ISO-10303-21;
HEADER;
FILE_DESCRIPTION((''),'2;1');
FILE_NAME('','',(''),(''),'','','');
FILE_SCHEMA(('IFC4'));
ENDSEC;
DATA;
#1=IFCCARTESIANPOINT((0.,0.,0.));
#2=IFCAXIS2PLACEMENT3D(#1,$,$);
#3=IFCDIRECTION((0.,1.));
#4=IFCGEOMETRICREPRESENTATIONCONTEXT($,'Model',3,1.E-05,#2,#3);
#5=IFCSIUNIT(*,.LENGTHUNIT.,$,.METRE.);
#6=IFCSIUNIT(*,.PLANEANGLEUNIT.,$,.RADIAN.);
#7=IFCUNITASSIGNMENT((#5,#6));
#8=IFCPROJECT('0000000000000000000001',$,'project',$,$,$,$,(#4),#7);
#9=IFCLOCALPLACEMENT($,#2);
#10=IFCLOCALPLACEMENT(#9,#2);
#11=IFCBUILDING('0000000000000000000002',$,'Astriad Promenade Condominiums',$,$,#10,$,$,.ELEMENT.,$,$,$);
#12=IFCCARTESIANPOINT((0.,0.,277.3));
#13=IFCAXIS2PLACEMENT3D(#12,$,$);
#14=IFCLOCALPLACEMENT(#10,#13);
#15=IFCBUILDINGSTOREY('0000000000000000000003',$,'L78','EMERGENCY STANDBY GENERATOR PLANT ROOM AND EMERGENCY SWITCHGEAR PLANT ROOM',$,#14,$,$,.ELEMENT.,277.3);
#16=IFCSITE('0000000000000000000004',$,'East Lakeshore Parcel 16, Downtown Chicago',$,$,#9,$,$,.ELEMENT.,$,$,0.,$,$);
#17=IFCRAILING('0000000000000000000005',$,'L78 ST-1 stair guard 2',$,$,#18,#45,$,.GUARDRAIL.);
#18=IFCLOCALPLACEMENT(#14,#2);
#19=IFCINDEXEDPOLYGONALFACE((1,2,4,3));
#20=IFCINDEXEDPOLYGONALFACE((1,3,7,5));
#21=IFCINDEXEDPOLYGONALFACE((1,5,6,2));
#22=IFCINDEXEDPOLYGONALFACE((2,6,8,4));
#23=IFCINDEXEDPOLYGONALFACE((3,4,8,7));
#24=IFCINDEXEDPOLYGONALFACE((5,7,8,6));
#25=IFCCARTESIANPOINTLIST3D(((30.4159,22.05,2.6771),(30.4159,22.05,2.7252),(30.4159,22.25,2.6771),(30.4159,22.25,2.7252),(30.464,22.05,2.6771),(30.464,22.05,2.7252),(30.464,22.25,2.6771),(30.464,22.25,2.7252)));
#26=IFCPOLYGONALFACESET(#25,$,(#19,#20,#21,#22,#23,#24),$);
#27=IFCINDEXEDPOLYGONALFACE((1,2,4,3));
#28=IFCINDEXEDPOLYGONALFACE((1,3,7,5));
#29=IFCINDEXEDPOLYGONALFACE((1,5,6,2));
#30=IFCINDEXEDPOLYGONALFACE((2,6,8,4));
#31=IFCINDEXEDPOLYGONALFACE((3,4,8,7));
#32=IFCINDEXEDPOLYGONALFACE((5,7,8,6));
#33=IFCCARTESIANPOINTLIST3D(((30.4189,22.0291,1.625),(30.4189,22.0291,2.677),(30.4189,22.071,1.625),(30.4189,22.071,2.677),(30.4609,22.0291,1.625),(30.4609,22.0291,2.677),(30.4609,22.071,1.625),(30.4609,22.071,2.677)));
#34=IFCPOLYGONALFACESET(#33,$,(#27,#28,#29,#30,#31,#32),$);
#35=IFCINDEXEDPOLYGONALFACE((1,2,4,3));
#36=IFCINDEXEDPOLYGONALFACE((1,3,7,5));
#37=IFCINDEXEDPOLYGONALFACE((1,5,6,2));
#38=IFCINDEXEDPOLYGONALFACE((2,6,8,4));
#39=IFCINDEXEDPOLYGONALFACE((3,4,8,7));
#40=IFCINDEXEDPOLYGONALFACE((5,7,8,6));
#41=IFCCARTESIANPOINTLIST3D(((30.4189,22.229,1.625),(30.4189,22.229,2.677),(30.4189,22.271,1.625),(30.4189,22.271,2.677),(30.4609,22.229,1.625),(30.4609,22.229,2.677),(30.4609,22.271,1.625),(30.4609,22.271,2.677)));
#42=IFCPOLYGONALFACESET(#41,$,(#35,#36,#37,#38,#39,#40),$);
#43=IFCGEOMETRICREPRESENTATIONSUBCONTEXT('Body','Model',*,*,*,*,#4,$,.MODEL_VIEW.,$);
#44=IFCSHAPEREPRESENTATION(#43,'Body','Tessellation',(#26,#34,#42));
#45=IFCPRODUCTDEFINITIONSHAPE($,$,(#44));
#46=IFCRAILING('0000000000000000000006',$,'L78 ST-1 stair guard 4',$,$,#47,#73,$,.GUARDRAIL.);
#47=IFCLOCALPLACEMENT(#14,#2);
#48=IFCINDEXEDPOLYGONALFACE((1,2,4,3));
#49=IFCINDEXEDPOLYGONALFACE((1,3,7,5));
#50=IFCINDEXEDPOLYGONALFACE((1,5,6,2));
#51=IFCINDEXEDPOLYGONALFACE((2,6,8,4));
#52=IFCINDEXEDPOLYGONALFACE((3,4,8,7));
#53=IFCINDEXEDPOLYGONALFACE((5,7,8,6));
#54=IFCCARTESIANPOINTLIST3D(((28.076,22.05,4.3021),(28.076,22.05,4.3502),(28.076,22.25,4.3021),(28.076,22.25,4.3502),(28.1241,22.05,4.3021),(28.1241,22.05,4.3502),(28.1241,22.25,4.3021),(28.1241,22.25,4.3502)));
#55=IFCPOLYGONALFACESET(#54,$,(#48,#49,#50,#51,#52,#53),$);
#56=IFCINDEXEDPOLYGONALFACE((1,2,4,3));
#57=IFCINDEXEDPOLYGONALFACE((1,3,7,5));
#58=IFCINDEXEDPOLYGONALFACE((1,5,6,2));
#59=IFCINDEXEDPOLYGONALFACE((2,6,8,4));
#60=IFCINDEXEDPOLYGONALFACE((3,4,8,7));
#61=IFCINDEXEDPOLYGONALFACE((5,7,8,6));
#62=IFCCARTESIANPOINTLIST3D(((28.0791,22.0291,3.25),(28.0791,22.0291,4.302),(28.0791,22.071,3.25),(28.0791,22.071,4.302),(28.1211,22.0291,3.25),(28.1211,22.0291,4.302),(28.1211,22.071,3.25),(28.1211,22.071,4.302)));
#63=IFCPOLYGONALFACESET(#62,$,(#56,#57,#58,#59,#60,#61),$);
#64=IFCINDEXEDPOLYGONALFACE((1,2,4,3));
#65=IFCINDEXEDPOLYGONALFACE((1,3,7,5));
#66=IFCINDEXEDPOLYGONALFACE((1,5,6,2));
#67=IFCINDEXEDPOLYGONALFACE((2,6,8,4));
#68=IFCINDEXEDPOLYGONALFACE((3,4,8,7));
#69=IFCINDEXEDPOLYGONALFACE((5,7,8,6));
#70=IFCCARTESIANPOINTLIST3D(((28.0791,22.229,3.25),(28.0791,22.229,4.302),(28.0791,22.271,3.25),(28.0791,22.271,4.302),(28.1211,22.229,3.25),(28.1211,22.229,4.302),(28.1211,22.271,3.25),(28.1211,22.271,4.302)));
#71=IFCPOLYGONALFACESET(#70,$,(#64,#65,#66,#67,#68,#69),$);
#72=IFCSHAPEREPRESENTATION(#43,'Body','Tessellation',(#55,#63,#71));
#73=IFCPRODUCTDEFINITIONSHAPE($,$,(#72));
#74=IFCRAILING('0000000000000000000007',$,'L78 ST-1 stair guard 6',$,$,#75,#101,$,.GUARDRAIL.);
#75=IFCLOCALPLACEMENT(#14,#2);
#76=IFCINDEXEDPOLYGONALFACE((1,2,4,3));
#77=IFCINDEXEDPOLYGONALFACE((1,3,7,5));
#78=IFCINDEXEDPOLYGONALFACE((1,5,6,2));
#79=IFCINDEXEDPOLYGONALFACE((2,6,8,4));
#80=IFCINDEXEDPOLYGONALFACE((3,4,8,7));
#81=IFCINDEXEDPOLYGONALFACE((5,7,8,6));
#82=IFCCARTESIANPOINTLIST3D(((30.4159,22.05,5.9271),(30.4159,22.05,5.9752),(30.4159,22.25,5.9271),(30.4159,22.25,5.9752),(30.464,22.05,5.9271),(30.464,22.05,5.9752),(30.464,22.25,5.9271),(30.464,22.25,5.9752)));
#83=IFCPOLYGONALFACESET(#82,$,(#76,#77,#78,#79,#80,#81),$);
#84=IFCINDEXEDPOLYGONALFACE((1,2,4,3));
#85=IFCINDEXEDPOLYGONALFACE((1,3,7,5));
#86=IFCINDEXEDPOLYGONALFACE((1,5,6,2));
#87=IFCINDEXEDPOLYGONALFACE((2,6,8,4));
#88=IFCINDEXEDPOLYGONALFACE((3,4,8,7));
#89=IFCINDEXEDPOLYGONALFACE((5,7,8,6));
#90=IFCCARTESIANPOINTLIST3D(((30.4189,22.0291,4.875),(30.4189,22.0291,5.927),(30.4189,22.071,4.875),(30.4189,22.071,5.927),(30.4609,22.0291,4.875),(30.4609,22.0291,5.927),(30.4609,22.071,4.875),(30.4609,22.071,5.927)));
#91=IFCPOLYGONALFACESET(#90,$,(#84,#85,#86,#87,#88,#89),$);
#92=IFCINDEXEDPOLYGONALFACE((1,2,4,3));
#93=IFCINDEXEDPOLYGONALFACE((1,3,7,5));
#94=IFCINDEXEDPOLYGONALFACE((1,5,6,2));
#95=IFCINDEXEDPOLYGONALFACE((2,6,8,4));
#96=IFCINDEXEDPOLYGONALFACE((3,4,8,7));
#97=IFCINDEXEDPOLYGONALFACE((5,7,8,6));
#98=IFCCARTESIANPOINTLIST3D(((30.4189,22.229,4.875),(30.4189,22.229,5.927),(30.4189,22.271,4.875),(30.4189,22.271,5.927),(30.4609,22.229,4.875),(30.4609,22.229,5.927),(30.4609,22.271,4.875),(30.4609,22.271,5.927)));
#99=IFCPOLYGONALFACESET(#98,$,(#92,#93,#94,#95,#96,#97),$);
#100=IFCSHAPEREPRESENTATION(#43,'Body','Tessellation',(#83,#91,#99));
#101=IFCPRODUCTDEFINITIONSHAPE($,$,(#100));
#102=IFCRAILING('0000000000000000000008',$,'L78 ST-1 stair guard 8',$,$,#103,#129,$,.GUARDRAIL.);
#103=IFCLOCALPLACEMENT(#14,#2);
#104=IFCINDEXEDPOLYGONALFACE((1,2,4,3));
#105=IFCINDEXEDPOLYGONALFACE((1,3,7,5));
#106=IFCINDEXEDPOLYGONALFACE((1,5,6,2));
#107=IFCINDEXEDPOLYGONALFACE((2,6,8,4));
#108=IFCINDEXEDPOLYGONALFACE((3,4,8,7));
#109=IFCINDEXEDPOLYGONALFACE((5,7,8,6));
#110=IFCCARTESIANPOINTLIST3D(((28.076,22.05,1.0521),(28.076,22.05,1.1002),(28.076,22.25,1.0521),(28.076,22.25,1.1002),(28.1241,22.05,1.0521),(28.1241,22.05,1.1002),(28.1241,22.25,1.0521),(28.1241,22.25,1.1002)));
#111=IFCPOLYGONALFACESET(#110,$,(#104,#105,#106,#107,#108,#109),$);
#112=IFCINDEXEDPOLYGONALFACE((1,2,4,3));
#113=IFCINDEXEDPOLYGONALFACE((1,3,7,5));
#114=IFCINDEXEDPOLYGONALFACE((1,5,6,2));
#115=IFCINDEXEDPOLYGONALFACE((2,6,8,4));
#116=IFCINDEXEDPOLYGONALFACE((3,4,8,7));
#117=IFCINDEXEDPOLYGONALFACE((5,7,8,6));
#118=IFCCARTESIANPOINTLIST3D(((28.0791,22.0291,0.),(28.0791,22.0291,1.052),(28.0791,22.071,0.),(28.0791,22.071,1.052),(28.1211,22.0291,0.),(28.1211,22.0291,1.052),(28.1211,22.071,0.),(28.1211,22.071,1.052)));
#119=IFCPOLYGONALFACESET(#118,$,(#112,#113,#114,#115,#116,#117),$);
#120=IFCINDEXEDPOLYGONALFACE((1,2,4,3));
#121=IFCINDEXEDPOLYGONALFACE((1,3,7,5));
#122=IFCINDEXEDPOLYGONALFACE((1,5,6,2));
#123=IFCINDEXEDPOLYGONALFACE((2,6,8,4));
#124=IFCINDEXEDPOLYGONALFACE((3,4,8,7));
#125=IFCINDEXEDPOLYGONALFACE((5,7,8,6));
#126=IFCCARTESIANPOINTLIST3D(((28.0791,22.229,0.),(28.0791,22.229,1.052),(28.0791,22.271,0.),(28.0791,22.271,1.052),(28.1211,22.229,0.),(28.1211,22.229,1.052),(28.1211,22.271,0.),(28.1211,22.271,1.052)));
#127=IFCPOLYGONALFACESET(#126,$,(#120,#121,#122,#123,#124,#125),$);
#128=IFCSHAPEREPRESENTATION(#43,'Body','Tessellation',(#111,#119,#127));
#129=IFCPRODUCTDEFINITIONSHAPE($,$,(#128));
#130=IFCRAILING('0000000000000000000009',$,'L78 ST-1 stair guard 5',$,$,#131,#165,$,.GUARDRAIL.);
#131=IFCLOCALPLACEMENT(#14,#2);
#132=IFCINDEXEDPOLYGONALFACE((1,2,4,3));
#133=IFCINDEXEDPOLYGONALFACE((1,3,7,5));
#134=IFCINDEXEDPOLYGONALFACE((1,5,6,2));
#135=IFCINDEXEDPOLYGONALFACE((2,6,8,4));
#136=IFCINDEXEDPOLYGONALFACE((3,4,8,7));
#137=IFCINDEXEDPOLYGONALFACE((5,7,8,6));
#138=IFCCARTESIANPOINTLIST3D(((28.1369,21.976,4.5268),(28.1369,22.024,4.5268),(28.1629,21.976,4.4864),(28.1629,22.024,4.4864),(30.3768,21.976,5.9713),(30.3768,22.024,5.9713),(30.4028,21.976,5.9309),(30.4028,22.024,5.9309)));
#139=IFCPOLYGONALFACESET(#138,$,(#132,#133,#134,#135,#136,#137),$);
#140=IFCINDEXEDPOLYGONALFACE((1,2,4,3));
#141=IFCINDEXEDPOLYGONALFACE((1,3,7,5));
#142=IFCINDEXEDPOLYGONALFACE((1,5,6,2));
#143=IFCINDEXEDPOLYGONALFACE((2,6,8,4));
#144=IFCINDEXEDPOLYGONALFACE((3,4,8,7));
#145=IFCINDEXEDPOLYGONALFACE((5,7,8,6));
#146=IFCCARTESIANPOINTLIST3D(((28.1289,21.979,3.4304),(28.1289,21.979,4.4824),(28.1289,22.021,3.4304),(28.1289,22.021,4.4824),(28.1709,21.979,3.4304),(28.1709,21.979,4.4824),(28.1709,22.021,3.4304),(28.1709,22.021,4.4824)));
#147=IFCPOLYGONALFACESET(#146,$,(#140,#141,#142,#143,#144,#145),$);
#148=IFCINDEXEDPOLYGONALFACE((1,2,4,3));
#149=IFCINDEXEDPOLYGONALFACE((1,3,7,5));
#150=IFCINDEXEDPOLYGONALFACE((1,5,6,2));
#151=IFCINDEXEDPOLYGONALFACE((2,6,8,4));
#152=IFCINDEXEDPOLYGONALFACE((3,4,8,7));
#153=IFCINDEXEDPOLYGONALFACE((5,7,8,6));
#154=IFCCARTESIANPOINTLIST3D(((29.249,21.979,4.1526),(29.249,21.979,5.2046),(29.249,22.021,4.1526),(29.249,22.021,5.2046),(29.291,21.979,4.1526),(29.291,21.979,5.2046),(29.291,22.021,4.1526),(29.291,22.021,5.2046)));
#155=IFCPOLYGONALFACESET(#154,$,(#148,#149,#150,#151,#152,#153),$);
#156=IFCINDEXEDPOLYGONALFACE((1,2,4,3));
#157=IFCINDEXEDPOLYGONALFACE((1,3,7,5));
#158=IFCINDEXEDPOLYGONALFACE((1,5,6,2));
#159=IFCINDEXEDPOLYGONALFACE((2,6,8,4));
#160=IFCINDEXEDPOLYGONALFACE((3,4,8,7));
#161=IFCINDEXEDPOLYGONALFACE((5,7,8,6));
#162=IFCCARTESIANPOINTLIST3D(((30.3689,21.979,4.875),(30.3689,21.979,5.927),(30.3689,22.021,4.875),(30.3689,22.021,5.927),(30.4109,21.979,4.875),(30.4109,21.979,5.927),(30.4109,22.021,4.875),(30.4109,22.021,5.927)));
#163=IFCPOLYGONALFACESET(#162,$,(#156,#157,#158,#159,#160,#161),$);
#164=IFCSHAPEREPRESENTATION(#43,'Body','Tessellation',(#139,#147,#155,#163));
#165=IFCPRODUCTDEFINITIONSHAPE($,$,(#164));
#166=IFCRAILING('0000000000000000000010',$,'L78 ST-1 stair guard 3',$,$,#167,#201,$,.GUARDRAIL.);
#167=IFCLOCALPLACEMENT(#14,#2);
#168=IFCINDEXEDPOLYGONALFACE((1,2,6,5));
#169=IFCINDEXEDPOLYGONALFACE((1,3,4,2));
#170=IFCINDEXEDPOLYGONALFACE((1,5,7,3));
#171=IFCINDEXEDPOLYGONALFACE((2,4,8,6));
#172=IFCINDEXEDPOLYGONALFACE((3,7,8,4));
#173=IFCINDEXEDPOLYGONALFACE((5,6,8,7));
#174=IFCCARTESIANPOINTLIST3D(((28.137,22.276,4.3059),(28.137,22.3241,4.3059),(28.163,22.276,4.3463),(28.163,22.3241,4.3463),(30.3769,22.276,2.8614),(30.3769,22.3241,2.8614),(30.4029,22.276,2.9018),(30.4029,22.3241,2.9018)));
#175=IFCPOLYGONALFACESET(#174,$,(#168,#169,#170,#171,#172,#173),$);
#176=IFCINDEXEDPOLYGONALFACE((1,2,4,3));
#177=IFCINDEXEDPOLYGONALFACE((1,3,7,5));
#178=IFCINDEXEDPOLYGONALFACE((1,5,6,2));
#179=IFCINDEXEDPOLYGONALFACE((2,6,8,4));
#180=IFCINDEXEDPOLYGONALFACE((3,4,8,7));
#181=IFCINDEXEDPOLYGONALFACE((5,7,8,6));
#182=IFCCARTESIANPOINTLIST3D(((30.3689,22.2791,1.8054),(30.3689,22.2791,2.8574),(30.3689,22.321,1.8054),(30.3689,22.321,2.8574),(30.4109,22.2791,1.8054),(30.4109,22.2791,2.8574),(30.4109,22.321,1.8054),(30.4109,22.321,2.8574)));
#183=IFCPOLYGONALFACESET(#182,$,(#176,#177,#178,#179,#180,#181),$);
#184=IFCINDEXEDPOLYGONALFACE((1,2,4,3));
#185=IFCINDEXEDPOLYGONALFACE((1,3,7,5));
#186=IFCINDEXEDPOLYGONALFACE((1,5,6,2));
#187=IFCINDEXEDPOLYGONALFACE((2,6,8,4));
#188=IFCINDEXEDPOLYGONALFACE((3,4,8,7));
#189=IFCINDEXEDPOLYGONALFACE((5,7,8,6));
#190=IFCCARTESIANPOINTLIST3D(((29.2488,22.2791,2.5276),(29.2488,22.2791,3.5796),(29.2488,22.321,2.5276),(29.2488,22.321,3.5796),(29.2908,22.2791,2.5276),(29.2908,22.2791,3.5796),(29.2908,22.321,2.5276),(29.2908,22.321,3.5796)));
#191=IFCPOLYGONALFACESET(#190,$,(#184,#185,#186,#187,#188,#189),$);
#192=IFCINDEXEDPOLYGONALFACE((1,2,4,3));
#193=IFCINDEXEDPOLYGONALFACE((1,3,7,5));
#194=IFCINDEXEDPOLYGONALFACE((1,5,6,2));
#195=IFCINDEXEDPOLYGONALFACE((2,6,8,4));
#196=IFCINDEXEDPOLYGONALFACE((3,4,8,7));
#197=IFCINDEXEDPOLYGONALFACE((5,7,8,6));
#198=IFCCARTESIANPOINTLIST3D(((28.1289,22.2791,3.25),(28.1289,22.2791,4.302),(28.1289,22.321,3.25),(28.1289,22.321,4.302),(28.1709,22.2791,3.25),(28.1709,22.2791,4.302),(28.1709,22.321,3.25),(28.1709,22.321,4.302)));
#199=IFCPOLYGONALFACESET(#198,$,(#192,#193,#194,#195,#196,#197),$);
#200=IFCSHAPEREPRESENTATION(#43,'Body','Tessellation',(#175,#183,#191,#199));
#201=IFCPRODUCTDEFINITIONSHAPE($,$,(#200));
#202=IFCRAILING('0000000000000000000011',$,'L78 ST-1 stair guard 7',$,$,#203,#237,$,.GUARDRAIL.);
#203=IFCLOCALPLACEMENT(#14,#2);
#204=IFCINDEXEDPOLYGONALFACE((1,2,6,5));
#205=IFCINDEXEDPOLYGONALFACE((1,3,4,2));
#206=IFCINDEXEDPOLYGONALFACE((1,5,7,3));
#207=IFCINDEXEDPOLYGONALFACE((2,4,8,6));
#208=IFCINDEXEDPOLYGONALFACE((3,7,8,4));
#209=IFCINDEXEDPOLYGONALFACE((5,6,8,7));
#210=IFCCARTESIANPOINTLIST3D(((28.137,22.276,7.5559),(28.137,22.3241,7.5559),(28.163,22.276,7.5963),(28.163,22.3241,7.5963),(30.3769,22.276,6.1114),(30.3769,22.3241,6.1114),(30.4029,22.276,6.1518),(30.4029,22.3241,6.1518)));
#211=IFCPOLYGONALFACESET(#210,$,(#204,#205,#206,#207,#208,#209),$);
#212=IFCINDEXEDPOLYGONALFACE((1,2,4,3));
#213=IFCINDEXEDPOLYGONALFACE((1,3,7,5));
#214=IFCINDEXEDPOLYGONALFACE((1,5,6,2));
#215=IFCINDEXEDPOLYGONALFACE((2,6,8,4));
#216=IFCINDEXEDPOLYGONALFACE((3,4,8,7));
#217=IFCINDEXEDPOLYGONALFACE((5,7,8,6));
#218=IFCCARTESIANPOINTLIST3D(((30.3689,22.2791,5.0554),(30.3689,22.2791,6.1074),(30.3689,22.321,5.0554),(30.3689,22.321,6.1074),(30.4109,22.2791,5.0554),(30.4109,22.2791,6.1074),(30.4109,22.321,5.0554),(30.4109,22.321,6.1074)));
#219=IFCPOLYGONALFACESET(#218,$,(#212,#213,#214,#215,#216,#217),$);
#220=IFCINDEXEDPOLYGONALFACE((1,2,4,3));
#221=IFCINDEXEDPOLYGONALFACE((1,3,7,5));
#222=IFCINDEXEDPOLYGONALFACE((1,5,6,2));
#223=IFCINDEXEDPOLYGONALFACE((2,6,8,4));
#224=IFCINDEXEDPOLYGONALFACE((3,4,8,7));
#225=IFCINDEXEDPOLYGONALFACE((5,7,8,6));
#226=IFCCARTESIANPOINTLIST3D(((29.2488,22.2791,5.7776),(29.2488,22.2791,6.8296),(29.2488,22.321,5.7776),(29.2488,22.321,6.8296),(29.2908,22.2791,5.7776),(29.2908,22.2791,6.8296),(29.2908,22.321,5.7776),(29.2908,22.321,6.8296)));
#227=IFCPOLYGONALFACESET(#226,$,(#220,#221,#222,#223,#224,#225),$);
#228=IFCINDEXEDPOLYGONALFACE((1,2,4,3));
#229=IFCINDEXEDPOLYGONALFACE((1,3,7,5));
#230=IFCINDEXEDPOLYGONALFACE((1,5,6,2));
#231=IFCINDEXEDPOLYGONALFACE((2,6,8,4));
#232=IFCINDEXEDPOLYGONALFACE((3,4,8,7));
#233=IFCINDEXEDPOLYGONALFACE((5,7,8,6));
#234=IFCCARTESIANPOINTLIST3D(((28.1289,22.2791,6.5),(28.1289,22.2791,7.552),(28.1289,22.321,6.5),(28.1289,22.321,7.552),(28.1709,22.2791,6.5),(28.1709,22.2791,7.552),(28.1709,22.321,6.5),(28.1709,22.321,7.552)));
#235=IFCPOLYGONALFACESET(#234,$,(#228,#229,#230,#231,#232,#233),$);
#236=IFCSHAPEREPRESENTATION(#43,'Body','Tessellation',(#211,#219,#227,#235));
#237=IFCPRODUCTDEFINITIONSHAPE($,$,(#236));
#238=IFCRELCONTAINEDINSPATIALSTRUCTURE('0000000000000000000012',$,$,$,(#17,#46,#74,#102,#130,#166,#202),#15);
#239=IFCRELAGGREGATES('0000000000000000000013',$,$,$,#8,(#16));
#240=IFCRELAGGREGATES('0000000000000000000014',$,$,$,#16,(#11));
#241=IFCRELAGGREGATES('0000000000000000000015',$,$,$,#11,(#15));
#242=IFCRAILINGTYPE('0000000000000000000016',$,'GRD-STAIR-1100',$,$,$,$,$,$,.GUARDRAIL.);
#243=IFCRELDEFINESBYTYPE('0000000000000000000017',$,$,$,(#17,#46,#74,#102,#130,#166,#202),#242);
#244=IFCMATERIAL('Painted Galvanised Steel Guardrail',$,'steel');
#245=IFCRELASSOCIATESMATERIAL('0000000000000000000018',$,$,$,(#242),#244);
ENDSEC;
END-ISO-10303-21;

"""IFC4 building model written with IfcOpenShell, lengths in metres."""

from ifc_helpers import new_model, si_unit, direction, frame, origin, origin_2d, place, context, subcontext, project, spatial, rectangle, extrude, source, transform, mapped, material, type_object, type_shapes, element, save


model = new_model("IFC4")

# Units and contexts
model_context = context("Model", 3, precision=1e-05, world=origin(), true_north=direction((0.0, 1.0)))
body_context = subcontext(model_context, "Body", "Model", "MODEL_VIEW")
ifc_project = project(units=[si_unit("LENGTHUNIT", "METRE"), si_unit("PLANEANGLEUNIT", "RADIAN")], contexts=[model_context])

# Site, building, storey
site_placement = place(None, origin())
site = spatial("IfcSite", under=ifc_project, at=site_placement, Name="East Lakeshore Parcel 16, Downtown Chicago", CompositionType="ELEMENT", RefElevation=0.0)
building_placement = place(site_placement, origin())
building = spatial("IfcBuilding", under=site, at=building_placement, Name="Astriad Promenade Condominiums", CompositionType="ELEMENT")
storey_placement = place(building_placement, frame((0.0, 0.0, 277.3)))
storey = spatial("IfcBuildingStorey", under=building, at=storey_placement, Name="L78", Description="EMERGENCY STANDBY GENERATOR PLANT ROOM AND EMERGENCY SWITCHGEAR PLANT ROOM", CompositionType="ELEMENT", Elevation=277.3)

# Railings
ifc_material_1 = material(Name="Painted Galvanised Steel Guardrail", Category="steel")
railing_type_1 = type_object("IfcRailingType", Name="GRD-STAIR-1100", PredefinedType="GUARDRAIL", material=ifc_material_1)
shared_shape_1 = source(origin(), body_context, "Body", "SweptSolid", [
    extrude(rectangle(XDim=0.0481, YDim=0.0481, at=origin_2d()), frame((0.0, 0.0, 1.0762), z_axis=(0.0, 1.0, 0.0), x_axis=(-1.0, 0.0, 0.0)), (0.0, 0.0, 1.0), 0.2),
    extrude(rectangle(XDim=0.042, YDim=0.042, at=origin_2d()), origin(), (0.0, 0.0, 1.0), 1.052),
    extrude(rectangle(XDim=0.042, YDim=0.042, at=origin_2d()), frame((0.0, 0.2, 0.0)), (0.0, 0.0, 1.0), 1.052),
])
for number, where, name in (
    (1, (30.4399, 22.05, 1.625), "L78 ST-1 stair guard 2"),
    (2, (28.1001, 22.05, 3.25), "L78 ST-1 stair guard 4"),
    (3, (30.4399, 22.05, 4.875), "L78 ST-1 stair guard 6"),
    (4, (28.1001, 22.05, 0.0), "L78 ST-1 stair guard 8"),
):
    element("IfcRailing", number, at=place(storey_placement, frame(where)), inside=storey, type_object=railing_type_1, Name=name, PredefinedType="GUARDRAIL", context=body_context, shape_type="MappedRepresentation", body=[
        mapped(shared_shape_1, transform((0.0, 0.0, 0.0), scale=1.0)),
    ])
shared_shape_2 = source(origin(), body_context, "Body", "SweptSolid", [
    extrude(rectangle(XDim=0.0481, YDim=0.0481, at=origin_2d()), frame((0.0, 0.0, 1.0762), z_axis=(0.840395, 0.0, 0.541975), x_axis=(0.0, 1.0, 0.0)), (0.0, 0.0, 1.0), 2.6653),
    extrude(rectangle(XDim=0.042, YDim=0.042, at=origin_2d()), origin(), (0.0, 0.0, 1.0), 1.052),
    extrude(rectangle(XDim=0.042, YDim=0.042, at=origin_2d()), frame((1.1201, 0.0, 0.7222)), (0.0, 0.0, 1.0), 1.052),
    extrude(rectangle(XDim=0.042, YDim=0.042, at=origin_2d()), frame((2.24, 0.0, 1.4446)), (0.0, 0.0, 1.0), 1.052),
])
railing_placement = place(storey_placement, frame((28.1499, 22.0, 3.4304)))
element("IfcRailing", 5, at=railing_placement, inside=storey, type_object=railing_type_1, Name="L78 ST-1 stair guard 5", PredefinedType="GUARDRAIL", context=body_context, shape_type="MappedRepresentation", body=[
    mapped(shared_shape_2, transform((0.0, 0.0, 0.0), scale=1.0)),
])
shared_shape_3 = source(origin(), body_context, "Body", "SweptSolid", [
    extrude(rectangle(XDim=0.0481, YDim=0.0481, at=origin_2d()), frame((0.0, 0.0, 1.0762), z_axis=(-0.840395, 0.0, 0.541975), x_axis=(0.0, -1.0, 0.0)), (0.0, 0.0, 1.0), 2.6653),
    extrude(rectangle(XDim=0.042, YDim=0.042, at=origin_2d()), origin(), (0.0, 0.0, 1.0), 1.052),
    extrude(rectangle(XDim=0.042, YDim=0.042, at=origin_2d()), frame((-1.1201, 0.0, 0.7222)), (0.0, 0.0, 1.0), 1.052),
    extrude(rectangle(XDim=0.042, YDim=0.042, at=origin_2d()), frame((-2.24, 0.0, 1.4446)), (0.0, 0.0, 1.0), 1.052),
])
type_shapes(railing_type_1, [shared_shape_1, shared_shape_2, shared_shape_3])
for number, where, name in (
    (6, (30.3899, 22.3, 1.8054), "L78 ST-1 stair guard 3"),
    (7, (30.3899, 22.3, 5.0554), "L78 ST-1 stair guard 7"),
):
    element("IfcRailing", number, at=place(storey_placement, frame(where)), inside=storey, type_object=railing_type_1, Name=name, PredefinedType="GUARDRAIL", context=body_context, shape_type="MappedRepresentation", body=[
        mapped(shared_shape_3, transform((0.0, 0.0, 0.0), scale=1.0)),
    ])

save(model, "model.ifc")
